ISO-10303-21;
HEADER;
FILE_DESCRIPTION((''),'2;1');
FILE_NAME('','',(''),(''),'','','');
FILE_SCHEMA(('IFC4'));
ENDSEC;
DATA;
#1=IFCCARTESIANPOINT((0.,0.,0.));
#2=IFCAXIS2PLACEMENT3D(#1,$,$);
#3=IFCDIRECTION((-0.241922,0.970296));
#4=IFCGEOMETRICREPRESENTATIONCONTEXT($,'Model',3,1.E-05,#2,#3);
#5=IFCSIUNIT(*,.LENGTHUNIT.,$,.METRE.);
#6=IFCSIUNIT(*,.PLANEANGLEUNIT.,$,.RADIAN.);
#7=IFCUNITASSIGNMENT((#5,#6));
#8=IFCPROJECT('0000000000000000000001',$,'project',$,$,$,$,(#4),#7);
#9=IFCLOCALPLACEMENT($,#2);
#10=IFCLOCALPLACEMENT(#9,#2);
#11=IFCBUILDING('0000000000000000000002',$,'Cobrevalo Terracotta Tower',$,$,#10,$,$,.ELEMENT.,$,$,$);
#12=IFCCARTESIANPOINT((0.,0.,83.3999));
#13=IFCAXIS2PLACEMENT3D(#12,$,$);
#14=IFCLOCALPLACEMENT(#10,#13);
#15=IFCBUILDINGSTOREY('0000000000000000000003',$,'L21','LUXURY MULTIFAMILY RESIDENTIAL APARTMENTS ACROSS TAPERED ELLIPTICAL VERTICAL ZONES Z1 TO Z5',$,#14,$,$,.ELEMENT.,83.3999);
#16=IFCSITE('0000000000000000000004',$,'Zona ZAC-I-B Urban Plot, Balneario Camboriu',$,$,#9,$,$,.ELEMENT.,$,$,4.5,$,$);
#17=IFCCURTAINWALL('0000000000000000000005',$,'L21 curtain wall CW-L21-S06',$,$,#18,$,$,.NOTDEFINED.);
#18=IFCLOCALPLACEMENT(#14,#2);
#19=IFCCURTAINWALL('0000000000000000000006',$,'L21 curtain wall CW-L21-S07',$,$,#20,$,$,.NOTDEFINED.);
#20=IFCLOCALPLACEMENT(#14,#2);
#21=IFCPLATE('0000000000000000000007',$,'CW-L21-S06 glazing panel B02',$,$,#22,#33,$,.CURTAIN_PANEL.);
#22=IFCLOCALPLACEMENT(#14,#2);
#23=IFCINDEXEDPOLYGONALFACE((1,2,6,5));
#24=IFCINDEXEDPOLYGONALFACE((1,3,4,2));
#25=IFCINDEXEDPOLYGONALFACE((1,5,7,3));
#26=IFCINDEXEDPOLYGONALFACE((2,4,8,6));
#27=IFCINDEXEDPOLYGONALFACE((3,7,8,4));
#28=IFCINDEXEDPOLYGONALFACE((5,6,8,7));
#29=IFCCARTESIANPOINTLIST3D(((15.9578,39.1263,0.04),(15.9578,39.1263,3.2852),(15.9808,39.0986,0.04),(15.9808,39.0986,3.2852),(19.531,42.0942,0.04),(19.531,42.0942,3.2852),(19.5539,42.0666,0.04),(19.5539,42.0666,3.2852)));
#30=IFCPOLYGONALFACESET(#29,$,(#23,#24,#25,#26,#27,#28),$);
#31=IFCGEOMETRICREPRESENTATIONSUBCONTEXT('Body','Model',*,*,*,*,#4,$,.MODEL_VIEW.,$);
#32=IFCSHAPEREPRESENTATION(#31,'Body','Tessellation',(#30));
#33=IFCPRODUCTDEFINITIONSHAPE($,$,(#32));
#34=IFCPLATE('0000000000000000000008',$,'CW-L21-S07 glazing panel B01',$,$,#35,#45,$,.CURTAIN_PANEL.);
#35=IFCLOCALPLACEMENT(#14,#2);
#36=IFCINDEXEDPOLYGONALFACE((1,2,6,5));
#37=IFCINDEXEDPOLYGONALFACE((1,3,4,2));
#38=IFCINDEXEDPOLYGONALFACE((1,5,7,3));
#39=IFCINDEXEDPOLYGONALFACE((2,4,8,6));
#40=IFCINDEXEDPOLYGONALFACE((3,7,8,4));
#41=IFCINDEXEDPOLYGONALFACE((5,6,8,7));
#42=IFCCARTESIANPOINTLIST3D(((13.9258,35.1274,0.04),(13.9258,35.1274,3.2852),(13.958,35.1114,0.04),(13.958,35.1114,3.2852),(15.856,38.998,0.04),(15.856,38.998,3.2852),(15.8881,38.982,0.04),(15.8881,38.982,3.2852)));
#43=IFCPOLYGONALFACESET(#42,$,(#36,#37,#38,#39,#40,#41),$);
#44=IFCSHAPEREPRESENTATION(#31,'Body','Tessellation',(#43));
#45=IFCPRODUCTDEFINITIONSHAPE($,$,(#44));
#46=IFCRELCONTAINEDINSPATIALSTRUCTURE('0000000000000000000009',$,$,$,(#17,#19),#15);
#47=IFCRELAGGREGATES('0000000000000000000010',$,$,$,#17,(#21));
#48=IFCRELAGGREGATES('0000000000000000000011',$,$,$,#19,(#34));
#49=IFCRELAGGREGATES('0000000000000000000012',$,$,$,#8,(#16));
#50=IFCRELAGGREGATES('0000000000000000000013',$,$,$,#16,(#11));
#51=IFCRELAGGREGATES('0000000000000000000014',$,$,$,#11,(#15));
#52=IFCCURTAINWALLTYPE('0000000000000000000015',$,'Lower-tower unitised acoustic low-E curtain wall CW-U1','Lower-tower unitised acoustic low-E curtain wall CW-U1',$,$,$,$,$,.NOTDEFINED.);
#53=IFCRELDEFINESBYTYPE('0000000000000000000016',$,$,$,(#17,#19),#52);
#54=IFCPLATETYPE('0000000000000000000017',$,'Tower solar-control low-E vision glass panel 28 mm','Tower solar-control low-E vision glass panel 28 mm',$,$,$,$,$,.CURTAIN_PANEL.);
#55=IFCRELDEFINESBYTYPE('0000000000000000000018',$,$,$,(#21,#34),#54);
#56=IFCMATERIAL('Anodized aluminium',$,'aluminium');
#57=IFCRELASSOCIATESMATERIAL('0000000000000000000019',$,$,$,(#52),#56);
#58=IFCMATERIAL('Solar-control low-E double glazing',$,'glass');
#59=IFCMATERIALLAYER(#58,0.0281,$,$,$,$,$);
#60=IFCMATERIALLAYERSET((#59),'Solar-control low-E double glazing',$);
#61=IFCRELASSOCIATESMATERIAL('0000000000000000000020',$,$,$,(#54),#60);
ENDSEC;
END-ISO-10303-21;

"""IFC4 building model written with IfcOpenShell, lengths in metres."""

from ifc_helpers import new_model, si_unit, direction, frame, origin, origin_2d, place, context, subcontext, project, spatial, rectangle, extrude, source, transform, mapped, material, layer, layer_set, type_object, element, aggregate, save


model = new_model("IFC4")

# Units and contexts
model_context = context("Model", 3, precision=1e-05, world=origin(), true_north=direction((-0.241922, 0.970296)))
body_context = subcontext(model_context, "Body", "Model", "MODEL_VIEW")
ifc_project = project(units=[si_unit("LENGTHUNIT", "METRE"), si_unit("PLANEANGLEUNIT", "RADIAN")], contexts=[model_context])

# Site, building, storey
site_placement = place(None, origin())
site = spatial("IfcSite", under=ifc_project, at=site_placement, Name="Zona ZAC-I-B Urban Plot, Balneario Camboriu", CompositionType="ELEMENT", RefElevation=4.5)
building_placement = place(site_placement, origin())
building = spatial("IfcBuilding", under=site, at=building_placement, Name="Cobrevalo Terracotta Tower", CompositionType="ELEMENT")
storey_placement = place(building_placement, frame((0.0, 0.0, 83.3999)))
storey = spatial("IfcBuildingStorey", under=building, at=storey_placement, Name="L21", Description="LUXURY MULTIFAMILY RESIDENTIAL APARTMENTS ACROSS TAPERED ELLIPTICAL VERTICAL ZONES Z1 TO Z5", CompositionType="ELEMENT", Elevation=83.3999)

# Curtain walls
ifc_material_1 = material(Name="Anodized aluminium", Category="aluminium")
curtain_wall_type = type_object("IfcCurtainWallType", Name="Lower-tower unitised acoustic low-E curtain wall CW-U1", Description="Lower-tower unitised acoustic low-E curtain wall CW-U1", PredefinedType="NOTDEFINED", material=ifc_material_1)
curtain_wall_1_placement = place(storey_placement, origin())
curtain_wall_1 = element("IfcCurtainWall", 1, at=curtain_wall_1_placement, inside=storey, type_object=curtain_wall_type, Name="L21 curtain wall CW-L21-S06", PredefinedType="NOTDEFINED")
curtain_wall_2_placement = place(storey_placement, origin())
curtain_wall_2 = element("IfcCurtainWall", 2, at=curtain_wall_2_placement, inside=storey, type_object=curtain_wall_type, Name="L21 curtain wall CW-L21-S07", PredefinedType="NOTDEFINED")

# Plates
ifc_material_2 = material(Name="Solar-control low-E double glazing", Category="glass")
ifc_layer = layer(ifc_material_2, 0.0281)
ifc_layer_set = layer_set([ifc_layer], Name="Solar-control low-E double glazing")
plate_type = type_object("IfcPlateType", Name="Tower solar-control low-E vision glass panel 28 mm", Description="Tower solar-control low-E vision glass panel 28 mm", PredefinedType="CURTAIN_PANEL", material=ifc_layer_set)
shared_shape_1 = source(origin(), body_context, "Body", "SweptSolid", [
    extrude(rectangle(XDim=4.645, YDim=0.0359, at=origin_2d()), origin(), (0.0, 0.0, 1.0), 3.2451),
])
plate_1_placement = place(storey_placement, frame((17.7559, 40.5964, 0.04), z_axis=(0.0, 0.0, 1.0), x_axis=(-0.769241, -0.638958, 0.0)))
plate_1 = element("IfcPlate", 3, at=plate_1_placement, type_object=plate_type, Name="CW-L21-S06 glazing panel B02", PredefinedType="CURTAIN_PANEL", context=body_context, shape_type="MappedRepresentation", body=[
    mapped(shared_shape_1, transform((0.0, 0.0, 0.0), scale=1.0)),
])
aggregate(curtain_wall_1, [plate_1])
shared_shape_2 = source(origin(), body_context, "Body", "SweptSolid", [
    extrude(rectangle(XDim=4.3252, YDim=0.0359, at=origin_2d()), origin(), (0.0, 0.0, 1.0), 3.2451),
])
plate_2_placement = place(storey_placement, frame((14.907, 37.0547, 0.04), z_axis=(0.0, 0.0, 1.0), x_axis=(-0.446262, -0.894902, 0.0)))
plate_2 = element("IfcPlate", 4, at=plate_2_placement, type_object=plate_type, Name="CW-L21-S07 glazing panel B01", PredefinedType="CURTAIN_PANEL", context=body_context, shape_type="MappedRepresentation", body=[
    mapped(shared_shape_2, transform((0.0, 0.0, 0.0), scale=1.0)),
])
aggregate(curtain_wall_2, [plate_2])

save(model, "model.ifc")
